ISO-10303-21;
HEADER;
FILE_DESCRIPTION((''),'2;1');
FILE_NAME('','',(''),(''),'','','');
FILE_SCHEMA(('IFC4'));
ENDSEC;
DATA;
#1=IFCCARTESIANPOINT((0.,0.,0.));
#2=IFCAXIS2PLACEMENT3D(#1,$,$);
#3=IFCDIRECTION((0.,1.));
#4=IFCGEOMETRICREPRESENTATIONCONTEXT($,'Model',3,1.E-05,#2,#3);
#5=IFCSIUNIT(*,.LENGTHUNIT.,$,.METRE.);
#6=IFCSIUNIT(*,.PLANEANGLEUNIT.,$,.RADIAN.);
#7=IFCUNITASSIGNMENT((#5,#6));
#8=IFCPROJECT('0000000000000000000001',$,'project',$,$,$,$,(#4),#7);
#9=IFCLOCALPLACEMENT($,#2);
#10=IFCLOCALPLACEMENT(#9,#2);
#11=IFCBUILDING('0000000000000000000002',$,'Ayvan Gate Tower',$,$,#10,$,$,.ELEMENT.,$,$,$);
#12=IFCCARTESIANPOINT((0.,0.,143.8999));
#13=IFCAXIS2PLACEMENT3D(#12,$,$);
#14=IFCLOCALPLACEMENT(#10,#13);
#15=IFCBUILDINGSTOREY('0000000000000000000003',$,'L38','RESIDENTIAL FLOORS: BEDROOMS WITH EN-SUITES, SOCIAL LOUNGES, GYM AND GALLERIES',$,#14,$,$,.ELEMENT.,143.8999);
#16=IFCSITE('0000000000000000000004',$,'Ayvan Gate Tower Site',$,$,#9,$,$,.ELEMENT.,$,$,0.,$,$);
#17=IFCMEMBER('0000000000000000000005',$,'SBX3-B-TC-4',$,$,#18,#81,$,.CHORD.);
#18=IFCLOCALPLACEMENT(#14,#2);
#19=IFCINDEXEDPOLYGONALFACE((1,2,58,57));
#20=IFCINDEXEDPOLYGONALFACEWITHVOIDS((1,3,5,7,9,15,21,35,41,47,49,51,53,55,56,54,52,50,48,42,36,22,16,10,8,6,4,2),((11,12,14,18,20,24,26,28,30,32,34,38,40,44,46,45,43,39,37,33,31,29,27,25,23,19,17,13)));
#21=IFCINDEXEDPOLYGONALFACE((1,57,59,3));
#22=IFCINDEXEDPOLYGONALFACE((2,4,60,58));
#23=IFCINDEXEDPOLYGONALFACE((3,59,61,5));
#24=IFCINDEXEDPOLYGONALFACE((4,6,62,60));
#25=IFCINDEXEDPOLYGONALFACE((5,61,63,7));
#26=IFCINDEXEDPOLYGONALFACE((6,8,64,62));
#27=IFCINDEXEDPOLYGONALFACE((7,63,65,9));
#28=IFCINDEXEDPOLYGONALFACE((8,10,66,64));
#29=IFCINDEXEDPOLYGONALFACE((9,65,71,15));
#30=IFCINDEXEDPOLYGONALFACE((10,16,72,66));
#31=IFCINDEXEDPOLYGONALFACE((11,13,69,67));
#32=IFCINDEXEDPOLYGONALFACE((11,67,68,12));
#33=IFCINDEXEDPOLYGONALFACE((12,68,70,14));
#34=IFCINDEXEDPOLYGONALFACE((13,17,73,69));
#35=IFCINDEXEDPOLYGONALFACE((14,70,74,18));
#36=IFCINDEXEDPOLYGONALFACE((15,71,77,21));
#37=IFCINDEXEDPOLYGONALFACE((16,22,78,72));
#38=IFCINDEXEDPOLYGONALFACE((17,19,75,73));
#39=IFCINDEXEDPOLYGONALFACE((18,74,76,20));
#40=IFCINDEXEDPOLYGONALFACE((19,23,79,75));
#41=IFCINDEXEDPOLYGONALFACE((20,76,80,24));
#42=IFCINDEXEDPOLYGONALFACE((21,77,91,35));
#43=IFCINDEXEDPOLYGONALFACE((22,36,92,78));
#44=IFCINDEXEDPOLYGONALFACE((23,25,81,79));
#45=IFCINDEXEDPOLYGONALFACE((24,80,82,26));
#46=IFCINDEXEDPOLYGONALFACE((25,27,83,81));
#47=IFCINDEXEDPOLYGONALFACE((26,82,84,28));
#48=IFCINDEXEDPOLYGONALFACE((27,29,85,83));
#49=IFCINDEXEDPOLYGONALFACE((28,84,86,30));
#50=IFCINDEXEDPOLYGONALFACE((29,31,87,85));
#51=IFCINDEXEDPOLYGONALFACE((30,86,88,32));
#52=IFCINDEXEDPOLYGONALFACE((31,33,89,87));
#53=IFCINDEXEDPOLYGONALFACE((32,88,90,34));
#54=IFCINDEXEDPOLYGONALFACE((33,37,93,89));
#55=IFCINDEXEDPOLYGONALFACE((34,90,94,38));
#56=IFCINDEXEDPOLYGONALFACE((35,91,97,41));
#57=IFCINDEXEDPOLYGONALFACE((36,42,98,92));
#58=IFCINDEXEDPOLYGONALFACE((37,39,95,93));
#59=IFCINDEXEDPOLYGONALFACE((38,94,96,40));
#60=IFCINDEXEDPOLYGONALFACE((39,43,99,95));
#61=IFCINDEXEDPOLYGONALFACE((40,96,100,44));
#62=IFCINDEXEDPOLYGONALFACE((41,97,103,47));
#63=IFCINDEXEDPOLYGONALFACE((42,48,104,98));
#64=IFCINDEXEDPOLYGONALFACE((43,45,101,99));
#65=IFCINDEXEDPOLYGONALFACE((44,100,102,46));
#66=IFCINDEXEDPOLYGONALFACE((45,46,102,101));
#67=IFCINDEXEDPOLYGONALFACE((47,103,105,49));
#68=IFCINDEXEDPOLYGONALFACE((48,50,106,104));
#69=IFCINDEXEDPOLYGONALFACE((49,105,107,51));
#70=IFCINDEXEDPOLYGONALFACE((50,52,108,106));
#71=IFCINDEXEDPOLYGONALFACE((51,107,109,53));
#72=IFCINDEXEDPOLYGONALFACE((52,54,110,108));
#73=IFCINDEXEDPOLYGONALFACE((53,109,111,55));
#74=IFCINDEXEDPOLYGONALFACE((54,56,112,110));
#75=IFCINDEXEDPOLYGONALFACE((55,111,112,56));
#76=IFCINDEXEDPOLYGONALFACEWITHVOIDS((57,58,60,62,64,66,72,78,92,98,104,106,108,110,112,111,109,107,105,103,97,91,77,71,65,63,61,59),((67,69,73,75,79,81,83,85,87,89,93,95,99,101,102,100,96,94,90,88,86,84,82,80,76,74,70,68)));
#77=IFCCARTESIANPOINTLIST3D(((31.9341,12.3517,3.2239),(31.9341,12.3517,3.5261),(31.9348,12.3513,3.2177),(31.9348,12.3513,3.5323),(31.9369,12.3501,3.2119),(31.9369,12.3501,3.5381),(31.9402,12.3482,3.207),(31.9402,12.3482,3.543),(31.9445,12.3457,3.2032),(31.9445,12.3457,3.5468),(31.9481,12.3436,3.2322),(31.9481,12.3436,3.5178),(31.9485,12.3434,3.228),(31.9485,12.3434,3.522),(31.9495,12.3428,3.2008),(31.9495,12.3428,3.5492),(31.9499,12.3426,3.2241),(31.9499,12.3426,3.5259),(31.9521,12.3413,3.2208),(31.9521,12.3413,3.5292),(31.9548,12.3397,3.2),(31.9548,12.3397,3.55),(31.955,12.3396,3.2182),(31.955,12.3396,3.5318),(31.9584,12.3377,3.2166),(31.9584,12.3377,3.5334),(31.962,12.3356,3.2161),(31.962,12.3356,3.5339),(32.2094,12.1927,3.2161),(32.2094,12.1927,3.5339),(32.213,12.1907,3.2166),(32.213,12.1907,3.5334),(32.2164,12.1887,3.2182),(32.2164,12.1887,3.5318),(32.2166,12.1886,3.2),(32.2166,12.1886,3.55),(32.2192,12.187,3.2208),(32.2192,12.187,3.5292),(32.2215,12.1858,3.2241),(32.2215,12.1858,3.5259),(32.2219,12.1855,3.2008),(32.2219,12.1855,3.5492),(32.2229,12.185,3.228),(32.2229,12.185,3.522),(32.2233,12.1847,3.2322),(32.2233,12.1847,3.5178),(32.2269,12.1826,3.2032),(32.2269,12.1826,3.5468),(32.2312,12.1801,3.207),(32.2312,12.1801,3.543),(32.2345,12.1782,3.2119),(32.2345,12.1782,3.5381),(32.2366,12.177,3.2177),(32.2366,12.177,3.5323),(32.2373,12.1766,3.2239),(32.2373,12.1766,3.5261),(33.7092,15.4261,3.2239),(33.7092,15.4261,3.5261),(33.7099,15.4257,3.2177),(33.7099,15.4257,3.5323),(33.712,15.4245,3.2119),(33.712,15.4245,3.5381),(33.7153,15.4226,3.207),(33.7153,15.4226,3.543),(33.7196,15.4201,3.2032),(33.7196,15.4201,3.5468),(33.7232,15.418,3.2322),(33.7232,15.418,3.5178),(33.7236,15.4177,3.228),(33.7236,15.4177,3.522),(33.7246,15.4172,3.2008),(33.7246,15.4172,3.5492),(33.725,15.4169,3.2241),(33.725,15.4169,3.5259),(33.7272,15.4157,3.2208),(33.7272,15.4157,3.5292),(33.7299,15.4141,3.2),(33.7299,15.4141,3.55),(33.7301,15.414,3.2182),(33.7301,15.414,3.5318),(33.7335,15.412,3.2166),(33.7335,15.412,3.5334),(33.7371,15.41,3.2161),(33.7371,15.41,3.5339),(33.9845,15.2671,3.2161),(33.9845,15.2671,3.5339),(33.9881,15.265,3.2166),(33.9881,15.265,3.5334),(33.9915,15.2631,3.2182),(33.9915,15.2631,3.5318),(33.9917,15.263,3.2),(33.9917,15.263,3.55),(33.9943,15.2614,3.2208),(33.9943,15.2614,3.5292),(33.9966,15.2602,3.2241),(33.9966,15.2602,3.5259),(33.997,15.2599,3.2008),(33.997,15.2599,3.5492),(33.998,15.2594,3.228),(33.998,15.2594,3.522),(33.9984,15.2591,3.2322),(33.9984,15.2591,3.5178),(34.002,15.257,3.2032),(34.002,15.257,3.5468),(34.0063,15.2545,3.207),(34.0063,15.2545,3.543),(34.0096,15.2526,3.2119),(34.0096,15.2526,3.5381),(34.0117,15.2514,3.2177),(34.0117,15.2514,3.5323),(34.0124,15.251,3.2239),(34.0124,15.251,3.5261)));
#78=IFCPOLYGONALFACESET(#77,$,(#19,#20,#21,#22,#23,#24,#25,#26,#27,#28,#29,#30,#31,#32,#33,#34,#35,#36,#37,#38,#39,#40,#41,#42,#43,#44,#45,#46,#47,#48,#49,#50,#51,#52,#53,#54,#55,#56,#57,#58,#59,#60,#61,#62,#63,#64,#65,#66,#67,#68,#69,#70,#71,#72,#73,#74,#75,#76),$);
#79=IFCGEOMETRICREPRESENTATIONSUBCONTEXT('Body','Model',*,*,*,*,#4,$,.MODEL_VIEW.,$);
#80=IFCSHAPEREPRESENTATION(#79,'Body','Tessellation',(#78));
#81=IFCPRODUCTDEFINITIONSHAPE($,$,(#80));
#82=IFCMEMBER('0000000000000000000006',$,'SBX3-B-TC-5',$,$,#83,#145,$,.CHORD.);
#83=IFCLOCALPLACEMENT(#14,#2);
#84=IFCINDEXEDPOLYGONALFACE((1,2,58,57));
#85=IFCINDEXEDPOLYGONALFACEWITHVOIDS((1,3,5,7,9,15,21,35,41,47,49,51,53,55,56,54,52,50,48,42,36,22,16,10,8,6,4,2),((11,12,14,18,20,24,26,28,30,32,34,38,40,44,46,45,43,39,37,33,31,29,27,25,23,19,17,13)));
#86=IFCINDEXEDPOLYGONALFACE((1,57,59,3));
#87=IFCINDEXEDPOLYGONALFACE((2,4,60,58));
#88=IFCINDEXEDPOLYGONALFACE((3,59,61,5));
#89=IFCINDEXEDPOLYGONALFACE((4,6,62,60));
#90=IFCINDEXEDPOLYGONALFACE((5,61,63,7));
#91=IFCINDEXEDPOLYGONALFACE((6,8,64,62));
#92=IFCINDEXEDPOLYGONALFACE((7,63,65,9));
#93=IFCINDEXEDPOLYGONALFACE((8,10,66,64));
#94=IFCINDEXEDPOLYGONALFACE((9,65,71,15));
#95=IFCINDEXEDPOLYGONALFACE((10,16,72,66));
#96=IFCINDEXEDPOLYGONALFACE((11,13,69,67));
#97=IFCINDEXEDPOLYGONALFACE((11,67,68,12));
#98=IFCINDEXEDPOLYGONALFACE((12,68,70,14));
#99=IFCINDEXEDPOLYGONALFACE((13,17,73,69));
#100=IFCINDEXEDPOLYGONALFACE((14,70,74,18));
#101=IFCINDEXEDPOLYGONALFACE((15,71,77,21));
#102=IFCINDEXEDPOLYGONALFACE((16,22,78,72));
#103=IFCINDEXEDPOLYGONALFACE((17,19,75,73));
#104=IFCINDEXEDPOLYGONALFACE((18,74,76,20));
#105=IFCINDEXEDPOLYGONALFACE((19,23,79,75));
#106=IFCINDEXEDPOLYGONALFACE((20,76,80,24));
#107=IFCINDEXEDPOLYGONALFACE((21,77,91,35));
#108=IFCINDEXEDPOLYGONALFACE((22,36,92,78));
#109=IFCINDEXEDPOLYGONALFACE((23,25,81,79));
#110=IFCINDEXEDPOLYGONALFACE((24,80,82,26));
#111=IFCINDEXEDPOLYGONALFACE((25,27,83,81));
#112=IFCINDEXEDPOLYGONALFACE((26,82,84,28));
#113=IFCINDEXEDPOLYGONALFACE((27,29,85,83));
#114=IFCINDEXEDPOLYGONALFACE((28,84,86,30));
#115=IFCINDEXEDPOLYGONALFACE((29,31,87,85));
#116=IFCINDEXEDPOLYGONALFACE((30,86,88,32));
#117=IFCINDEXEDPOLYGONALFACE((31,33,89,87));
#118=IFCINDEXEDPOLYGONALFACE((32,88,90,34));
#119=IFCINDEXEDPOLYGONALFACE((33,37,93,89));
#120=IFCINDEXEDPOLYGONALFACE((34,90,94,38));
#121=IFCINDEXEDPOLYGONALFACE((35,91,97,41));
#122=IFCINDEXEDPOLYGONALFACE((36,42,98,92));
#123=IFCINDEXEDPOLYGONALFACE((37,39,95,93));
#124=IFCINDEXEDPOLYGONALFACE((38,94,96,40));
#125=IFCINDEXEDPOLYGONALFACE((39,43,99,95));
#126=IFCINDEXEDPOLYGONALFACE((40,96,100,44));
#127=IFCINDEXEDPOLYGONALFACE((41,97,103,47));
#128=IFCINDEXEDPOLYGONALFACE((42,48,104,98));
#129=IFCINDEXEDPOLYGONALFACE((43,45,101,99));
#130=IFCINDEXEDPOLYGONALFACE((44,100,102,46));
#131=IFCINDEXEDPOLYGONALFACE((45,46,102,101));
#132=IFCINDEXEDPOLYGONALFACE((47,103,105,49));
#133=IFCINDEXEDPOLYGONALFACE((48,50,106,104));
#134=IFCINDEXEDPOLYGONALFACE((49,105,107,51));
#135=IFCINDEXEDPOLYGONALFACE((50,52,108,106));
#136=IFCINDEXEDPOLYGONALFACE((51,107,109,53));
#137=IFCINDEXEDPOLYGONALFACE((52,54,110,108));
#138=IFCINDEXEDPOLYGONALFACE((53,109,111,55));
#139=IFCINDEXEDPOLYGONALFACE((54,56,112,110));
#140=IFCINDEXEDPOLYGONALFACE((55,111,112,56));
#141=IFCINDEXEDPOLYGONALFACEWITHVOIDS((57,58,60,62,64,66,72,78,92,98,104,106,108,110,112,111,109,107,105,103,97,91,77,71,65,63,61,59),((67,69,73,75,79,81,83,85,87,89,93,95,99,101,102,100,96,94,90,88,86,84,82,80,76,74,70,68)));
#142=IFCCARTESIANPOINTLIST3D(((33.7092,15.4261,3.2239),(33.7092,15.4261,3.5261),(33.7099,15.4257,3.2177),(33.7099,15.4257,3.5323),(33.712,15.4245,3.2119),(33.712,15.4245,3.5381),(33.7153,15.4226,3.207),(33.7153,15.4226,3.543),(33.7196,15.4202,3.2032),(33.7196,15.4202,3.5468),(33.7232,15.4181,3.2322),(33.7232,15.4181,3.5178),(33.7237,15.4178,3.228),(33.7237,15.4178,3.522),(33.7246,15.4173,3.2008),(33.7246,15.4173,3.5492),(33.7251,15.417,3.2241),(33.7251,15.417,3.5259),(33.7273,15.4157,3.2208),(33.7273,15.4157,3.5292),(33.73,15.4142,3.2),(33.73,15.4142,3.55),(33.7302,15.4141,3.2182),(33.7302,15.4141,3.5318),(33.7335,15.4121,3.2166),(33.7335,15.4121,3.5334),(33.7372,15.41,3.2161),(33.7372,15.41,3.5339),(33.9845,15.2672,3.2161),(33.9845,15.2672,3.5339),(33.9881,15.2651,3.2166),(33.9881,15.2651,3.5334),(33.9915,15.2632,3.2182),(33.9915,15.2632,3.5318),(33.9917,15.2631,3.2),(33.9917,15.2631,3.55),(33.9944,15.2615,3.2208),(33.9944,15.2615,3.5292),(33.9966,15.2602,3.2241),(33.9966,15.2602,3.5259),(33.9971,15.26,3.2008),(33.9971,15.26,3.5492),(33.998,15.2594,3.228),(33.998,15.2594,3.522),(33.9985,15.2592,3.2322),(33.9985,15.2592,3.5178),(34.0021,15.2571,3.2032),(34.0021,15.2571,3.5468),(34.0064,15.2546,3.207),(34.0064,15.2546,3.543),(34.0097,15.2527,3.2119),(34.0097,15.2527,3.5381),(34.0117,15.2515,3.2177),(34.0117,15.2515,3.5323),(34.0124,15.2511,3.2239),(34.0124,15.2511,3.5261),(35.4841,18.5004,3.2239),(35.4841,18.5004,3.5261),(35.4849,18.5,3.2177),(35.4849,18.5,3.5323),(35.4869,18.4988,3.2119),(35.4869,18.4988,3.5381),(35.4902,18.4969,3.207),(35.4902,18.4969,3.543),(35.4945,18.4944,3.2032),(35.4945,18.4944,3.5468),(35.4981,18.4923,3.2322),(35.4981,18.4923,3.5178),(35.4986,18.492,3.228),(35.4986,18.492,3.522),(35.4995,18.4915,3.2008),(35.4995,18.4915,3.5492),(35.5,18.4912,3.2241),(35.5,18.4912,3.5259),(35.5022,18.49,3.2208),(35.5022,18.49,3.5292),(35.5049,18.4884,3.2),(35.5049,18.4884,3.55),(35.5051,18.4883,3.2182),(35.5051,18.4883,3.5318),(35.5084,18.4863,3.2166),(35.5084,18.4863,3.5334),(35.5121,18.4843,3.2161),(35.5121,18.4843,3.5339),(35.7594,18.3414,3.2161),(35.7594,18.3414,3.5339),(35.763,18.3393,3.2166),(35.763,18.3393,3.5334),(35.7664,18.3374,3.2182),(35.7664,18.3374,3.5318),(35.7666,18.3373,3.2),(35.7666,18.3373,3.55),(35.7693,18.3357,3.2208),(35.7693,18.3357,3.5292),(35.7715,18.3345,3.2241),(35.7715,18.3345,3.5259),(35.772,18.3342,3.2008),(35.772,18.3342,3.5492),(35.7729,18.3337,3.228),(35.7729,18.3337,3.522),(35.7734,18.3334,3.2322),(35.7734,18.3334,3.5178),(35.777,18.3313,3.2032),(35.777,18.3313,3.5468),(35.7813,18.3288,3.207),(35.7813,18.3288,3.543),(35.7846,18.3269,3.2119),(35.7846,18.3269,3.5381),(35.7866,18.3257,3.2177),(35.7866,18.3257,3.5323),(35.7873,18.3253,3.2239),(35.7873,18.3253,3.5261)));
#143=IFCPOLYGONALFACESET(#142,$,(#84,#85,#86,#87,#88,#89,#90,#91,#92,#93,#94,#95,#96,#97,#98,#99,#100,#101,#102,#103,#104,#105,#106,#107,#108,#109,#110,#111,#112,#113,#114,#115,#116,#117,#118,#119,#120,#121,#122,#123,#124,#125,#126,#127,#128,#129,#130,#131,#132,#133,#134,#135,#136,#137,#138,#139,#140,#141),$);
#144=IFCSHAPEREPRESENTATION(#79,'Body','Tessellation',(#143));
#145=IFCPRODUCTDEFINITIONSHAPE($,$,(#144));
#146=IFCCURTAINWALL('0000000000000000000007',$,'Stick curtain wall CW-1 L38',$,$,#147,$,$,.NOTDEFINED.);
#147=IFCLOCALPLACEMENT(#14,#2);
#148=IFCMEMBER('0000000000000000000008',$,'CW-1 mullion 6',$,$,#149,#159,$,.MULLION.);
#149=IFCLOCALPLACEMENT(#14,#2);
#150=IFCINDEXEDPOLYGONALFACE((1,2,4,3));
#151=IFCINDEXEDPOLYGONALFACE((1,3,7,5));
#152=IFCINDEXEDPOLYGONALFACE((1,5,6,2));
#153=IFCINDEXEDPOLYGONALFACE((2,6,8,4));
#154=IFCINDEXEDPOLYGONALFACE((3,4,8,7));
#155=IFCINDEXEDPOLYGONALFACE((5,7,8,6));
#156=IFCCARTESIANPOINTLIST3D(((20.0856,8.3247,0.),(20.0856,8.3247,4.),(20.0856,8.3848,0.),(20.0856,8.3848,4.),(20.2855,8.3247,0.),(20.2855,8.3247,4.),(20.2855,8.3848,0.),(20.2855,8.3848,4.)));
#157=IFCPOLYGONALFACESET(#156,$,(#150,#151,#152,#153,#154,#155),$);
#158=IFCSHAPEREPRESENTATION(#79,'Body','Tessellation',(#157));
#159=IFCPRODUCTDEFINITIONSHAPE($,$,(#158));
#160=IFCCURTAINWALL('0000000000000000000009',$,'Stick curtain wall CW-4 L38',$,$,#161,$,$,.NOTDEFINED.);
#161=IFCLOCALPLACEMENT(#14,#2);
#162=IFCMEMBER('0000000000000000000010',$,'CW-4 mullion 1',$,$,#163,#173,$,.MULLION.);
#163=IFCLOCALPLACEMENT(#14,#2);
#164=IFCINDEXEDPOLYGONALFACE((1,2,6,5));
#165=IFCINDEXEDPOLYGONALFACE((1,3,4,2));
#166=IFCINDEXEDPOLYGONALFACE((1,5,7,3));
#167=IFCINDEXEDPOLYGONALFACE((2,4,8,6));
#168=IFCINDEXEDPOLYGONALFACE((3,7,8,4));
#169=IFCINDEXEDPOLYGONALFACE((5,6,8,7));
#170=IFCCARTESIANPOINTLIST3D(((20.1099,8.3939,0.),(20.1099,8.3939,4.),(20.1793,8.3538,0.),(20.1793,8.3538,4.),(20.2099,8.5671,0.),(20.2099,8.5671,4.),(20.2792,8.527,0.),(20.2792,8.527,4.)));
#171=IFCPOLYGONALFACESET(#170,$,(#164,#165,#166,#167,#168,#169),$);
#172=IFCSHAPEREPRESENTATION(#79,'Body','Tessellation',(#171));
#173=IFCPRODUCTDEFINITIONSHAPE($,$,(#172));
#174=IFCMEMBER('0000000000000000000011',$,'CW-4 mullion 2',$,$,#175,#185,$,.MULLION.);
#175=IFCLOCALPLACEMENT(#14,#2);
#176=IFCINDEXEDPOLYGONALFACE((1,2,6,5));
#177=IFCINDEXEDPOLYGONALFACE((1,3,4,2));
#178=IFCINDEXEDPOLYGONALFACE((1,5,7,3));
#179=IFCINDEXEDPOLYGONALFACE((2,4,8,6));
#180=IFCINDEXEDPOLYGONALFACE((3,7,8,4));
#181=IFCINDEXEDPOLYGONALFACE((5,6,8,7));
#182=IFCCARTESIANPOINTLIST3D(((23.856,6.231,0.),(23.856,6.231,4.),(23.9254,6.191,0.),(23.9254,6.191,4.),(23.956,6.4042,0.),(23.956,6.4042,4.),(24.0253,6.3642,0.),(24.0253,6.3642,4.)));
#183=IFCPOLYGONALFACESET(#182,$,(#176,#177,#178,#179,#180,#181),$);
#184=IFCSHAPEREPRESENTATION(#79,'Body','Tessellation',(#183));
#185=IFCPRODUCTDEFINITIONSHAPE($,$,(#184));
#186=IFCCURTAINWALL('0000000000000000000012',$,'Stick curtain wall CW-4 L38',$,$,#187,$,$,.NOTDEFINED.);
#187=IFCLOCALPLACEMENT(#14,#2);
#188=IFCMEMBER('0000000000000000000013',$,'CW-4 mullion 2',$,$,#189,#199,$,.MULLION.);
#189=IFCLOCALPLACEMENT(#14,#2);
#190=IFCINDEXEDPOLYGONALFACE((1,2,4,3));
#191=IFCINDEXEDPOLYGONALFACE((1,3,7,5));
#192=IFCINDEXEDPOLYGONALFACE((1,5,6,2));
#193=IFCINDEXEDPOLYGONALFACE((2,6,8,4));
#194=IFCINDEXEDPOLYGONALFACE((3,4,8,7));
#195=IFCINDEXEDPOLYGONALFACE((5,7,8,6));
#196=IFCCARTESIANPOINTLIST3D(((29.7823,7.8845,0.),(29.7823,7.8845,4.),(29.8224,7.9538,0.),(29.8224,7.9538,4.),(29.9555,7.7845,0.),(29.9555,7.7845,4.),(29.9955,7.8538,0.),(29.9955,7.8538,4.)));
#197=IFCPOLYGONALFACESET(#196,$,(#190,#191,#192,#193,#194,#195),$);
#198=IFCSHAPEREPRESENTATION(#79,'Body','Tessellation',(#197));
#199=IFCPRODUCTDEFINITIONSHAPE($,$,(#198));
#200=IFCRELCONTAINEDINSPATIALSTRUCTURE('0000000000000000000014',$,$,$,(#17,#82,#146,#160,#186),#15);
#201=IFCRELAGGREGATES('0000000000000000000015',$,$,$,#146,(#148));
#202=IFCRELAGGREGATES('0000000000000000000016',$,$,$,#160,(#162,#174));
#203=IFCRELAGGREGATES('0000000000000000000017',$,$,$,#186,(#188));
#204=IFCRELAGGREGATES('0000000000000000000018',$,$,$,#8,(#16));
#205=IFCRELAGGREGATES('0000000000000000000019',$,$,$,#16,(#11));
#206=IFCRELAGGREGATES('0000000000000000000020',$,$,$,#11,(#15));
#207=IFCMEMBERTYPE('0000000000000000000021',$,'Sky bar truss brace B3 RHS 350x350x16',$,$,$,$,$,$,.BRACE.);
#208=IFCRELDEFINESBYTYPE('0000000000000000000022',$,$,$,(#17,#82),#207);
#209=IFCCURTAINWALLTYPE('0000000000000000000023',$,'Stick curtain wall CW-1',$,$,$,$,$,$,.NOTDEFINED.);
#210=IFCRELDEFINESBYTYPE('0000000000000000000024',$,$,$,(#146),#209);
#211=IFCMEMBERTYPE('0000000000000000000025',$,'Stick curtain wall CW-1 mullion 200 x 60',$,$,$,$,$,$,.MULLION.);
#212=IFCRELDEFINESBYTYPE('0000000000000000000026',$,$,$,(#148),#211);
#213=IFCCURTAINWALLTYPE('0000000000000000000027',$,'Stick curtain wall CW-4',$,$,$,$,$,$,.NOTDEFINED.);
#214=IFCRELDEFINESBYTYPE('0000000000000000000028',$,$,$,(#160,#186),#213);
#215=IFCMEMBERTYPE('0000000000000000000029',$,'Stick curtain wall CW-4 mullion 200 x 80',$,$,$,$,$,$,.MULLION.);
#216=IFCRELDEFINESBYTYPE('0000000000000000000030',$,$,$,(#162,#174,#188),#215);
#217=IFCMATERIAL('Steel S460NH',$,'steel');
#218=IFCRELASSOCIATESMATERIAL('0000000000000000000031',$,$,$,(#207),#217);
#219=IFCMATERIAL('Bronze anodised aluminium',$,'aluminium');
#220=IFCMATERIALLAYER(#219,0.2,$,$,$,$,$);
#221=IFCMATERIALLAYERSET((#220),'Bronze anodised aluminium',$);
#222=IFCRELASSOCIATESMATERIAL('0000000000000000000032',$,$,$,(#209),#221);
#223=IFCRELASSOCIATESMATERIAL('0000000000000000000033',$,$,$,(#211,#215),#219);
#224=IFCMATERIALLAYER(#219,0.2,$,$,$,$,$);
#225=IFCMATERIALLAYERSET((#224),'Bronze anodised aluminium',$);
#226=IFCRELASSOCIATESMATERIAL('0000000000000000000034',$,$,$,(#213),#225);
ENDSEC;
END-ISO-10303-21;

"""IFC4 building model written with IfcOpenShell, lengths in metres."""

from ifc_helpers import new_model, si_unit, direction, frame, origin, origin_2d, place, context, subcontext, project, spatial, rectangle, hollow_rectangle, extrude, material, layer, layer_set, material_profile, profile_set, type_object, element, aggregate, save


model = new_model("IFC4")

# Units and contexts
model_context = context("Model", 3, precision=1e-05, world=origin(), true_north=direction((0.0, 1.0)))
body_context = subcontext(model_context, "Body", "Model", "MODEL_VIEW")
ifc_project = project(units=[si_unit("LENGTHUNIT", "METRE"), si_unit("PLANEANGLEUNIT", "RADIAN")], contexts=[model_context])

# Site, building, storey
site_placement = place(None, origin())
site = spatial("IfcSite", under=ifc_project, at=site_placement, Name="Ayvan Gate Tower Site", CompositionType="ELEMENT", RefElevation=0.0)
building_placement = place(site_placement, origin())
building = spatial("IfcBuilding", under=site, at=building_placement, Name="Ayvan Gate Tower", CompositionType="ELEMENT")
storey_placement = place(building_placement, frame((0.0, 0.0, 143.8999)))
storey = spatial("IfcBuildingStorey", under=building, at=storey_placement, Name="L38", Description="RESIDENTIAL FLOORS: BEDROOMS WITH EN-SUITES, SOCIAL LOUNGES, GYM AND GALLERIES", CompositionType="ELEMENT", Elevation=143.8999)

# Members
ifc_material_1 = material(Name="Steel S460NH", Category="steel")
ifc_material_profile_1 = material_profile(ifc_material_1, hollow_rectangle(XDim=0.3501, YDim=0.3501, WallThickness=0.0161, InnerFilletRadius=0.0161, OuterFilletRadius=0.0239, at=origin_2d()), Name="RHS 350x350x16")
ifc_profile_set_1 = profile_set([ifc_material_profile_1], Name="Steel S460NH")
member_type_1 = type_object("IfcMemberType", Name="Sky bar truss brace B3 RHS 350x350x16", PredefinedType="BRACE", material=ifc_profile_set_1)
for number, where, z_axis, x_axis, name in (
    (1, (32.0857, 12.2642, 3.375), (0.500022, 0.866013, 0.0), (-0.866013, 0.500022, 0.0), "SBX3-B-TC-4"),
):
    element("IfcMember", number, at=place(storey_placement, frame(where, z_axis=z_axis, x_axis=x_axis)), inside=storey, type_object=member_type_1, Name=name, PredefinedType="CHORD", context=body_context, shape_type="SweptSolid", body=[
        extrude(hollow_rectangle(XDim=0.3501, YDim=0.3501, WallThickness=0.0161, InnerFilletRadius=0.0161, OuterFilletRadius=0.0239, at=origin_2d()), origin(), (0.0, 0.0, 1.0), 3.55),
    ])
member_1_placement = place(storey_placement, frame((33.8608, 15.3386, 3.375), z_axis=(0.5, 0.866025, 0.0), x_axis=(-0.866025, 0.5, 0.0)))
element("IfcMember", 2, at=member_1_placement, inside=storey, type_object=member_type_1, Name="SBX3-B-TC-5", PredefinedType="CHORD", context=body_context, shape_type="SweptSolid", body=[
    extrude(hollow_rectangle(XDim=0.3501, YDim=0.3501, WallThickness=0.0161, InnerFilletRadius=0.0161, OuterFilletRadius=0.0239, at=origin_2d()), origin(), (0.0, 0.0, 1.0), 3.5498),
])

# Curtain wall, member
ifc_material_2 = material(Name="Bronze anodised aluminium", Category="aluminium")
ifc_layer_1 = layer(ifc_material_2, 0.2)
ifc_layer_set_1 = layer_set([ifc_layer_1], Name="Bronze anodised aluminium")
curtain_wall_type_1 = type_object("IfcCurtainWallType", Name="Stick curtain wall CW-1", PredefinedType="NOTDEFINED", material=ifc_layer_set_1)
curtain_wall_1_placement = place(storey_placement, origin())
curtain_wall_1 = element("IfcCurtainWall", 3, at=curtain_wall_1_placement, inside=storey, type_object=curtain_wall_type_1, Name="Stick curtain wall CW-1 L38", PredefinedType="NOTDEFINED")
ifc_material_profile_2 = material_profile(ifc_material_2, rectangle(XDim=0.2, YDim=0.0601, at=origin_2d()), Name="Stick curtain wall CW-1 mullion 200 x 60")
ifc_profile_set_2 = profile_set([ifc_material_profile_2], Name="Bronze anodised aluminium")
member_type_2 = type_object("IfcMemberType", Name="Stick curtain wall CW-1 mullion 200 x 60", PredefinedType="MULLION", material=ifc_profile_set_2)
member_2_placement = place(storey_placement, frame((20.1855, 8.3547, 0.0), z_axis=(0.0, 0.0, 1.0), x_axis=(1.0, 0.0, 0.0)))
member_2 = element("IfcMember", 4, at=member_2_placement, type_object=member_type_2, Name="CW-1 mullion 6", PredefinedType="MULLION", context=body_context, shape_type="SweptSolid", body=[
    extrude(rectangle(XDim=0.2, YDim=0.0601, at=origin_2d()), origin(), (0.0, 0.0, 1.0), 4.0),
])

# Curtain walls, members
ifc_layer_2 = layer(ifc_material_2, 0.2)
ifc_layer_set_2 = layer_set([ifc_layer_2], Name="Bronze anodised aluminium")
curtain_wall_type_2 = type_object("IfcCurtainWallType", Name="Stick curtain wall CW-4", PredefinedType="NOTDEFINED", material=ifc_layer_set_2)
curtain_wall_2_placement = place(storey_placement, origin())
curtain_wall_2 = element("IfcCurtainWall", 5, at=curtain_wall_2_placement, inside=storey, type_object=curtain_wall_type_2, Name="Stick curtain wall CW-4 L38", PredefinedType="NOTDEFINED")
ifc_material_profile_3 = material_profile(ifc_material_2, rectangle(XDim=0.2, YDim=0.0801, at=origin_2d()), Name="Stick curtain wall CW-4 mullion 200 x 80")
ifc_profile_set_3 = profile_set([ifc_material_profile_3], Name="Bronze anodised aluminium")
member_type_3 = type_object("IfcMemberType", Name="Stick curtain wall CW-4 mullion 200 x 80", PredefinedType="MULLION", material=ifc_profile_set_3)
member_3_placement = place(storey_placement, frame((20.1946, 8.4604, 0.0), z_axis=(0.0, 0.0, 1.0), x_axis=(-0.5, -0.866025, 0.0)))
member_3 = element("IfcMember", 6, at=member_3_placement, type_object=member_type_3, Name="CW-4 mullion 1", PredefinedType="MULLION", context=body_context, shape_type="SweptSolid", body=[
    extrude(rectangle(XDim=0.2, YDim=0.0801, at=origin_2d()), origin(), (0.0, 0.0, 1.0), 4.0),
])
member_4_placement = place(storey_placement, frame((23.9407, 6.2976, 0.0), z_axis=(0.0, 0.0, 1.0), x_axis=(-0.5, -0.866025, 0.0)))
member_4 = element("IfcMember", 7, at=member_4_placement, type_object=member_type_3, Name="CW-4 mullion 2", PredefinedType="MULLION", context=body_context, shape_type="SweptSolid", body=[
    extrude(rectangle(XDim=0.2, YDim=0.0801, at=origin_2d()), origin(), (0.0, 0.0, 1.0), 4.0),
])
curtain_wall_3_placement = place(storey_placement, origin())
curtain_wall_3 = element("IfcCurtainWall", 8, at=curtain_wall_3_placement, inside=storey, type_object=curtain_wall_type_2, Name="Stick curtain wall CW-4 L38", PredefinedType="NOTDEFINED")
member_5_placement = place(storey_placement, frame((29.8889, 7.8691, 0.0), z_axis=(0.0, 0.0, 1.0), x_axis=(0.866025, -0.5, 0.0)))
member_5 = element("IfcMember", 9, at=member_5_placement, type_object=member_type_3, Name="CW-4 mullion 2", PredefinedType="MULLION", context=body_context, shape_type="SweptSolid", body=[
    extrude(rectangle(XDim=0.2, YDim=0.0801, at=origin_2d()), origin(), (0.0, 0.0, 1.0), 4.0),
])

aggregate(curtain_wall_1, [member_2])
aggregate(curtain_wall_2, [member_3, member_4])
aggregate(curtain_wall_3, [member_5])

save(model, "model.ifc")
